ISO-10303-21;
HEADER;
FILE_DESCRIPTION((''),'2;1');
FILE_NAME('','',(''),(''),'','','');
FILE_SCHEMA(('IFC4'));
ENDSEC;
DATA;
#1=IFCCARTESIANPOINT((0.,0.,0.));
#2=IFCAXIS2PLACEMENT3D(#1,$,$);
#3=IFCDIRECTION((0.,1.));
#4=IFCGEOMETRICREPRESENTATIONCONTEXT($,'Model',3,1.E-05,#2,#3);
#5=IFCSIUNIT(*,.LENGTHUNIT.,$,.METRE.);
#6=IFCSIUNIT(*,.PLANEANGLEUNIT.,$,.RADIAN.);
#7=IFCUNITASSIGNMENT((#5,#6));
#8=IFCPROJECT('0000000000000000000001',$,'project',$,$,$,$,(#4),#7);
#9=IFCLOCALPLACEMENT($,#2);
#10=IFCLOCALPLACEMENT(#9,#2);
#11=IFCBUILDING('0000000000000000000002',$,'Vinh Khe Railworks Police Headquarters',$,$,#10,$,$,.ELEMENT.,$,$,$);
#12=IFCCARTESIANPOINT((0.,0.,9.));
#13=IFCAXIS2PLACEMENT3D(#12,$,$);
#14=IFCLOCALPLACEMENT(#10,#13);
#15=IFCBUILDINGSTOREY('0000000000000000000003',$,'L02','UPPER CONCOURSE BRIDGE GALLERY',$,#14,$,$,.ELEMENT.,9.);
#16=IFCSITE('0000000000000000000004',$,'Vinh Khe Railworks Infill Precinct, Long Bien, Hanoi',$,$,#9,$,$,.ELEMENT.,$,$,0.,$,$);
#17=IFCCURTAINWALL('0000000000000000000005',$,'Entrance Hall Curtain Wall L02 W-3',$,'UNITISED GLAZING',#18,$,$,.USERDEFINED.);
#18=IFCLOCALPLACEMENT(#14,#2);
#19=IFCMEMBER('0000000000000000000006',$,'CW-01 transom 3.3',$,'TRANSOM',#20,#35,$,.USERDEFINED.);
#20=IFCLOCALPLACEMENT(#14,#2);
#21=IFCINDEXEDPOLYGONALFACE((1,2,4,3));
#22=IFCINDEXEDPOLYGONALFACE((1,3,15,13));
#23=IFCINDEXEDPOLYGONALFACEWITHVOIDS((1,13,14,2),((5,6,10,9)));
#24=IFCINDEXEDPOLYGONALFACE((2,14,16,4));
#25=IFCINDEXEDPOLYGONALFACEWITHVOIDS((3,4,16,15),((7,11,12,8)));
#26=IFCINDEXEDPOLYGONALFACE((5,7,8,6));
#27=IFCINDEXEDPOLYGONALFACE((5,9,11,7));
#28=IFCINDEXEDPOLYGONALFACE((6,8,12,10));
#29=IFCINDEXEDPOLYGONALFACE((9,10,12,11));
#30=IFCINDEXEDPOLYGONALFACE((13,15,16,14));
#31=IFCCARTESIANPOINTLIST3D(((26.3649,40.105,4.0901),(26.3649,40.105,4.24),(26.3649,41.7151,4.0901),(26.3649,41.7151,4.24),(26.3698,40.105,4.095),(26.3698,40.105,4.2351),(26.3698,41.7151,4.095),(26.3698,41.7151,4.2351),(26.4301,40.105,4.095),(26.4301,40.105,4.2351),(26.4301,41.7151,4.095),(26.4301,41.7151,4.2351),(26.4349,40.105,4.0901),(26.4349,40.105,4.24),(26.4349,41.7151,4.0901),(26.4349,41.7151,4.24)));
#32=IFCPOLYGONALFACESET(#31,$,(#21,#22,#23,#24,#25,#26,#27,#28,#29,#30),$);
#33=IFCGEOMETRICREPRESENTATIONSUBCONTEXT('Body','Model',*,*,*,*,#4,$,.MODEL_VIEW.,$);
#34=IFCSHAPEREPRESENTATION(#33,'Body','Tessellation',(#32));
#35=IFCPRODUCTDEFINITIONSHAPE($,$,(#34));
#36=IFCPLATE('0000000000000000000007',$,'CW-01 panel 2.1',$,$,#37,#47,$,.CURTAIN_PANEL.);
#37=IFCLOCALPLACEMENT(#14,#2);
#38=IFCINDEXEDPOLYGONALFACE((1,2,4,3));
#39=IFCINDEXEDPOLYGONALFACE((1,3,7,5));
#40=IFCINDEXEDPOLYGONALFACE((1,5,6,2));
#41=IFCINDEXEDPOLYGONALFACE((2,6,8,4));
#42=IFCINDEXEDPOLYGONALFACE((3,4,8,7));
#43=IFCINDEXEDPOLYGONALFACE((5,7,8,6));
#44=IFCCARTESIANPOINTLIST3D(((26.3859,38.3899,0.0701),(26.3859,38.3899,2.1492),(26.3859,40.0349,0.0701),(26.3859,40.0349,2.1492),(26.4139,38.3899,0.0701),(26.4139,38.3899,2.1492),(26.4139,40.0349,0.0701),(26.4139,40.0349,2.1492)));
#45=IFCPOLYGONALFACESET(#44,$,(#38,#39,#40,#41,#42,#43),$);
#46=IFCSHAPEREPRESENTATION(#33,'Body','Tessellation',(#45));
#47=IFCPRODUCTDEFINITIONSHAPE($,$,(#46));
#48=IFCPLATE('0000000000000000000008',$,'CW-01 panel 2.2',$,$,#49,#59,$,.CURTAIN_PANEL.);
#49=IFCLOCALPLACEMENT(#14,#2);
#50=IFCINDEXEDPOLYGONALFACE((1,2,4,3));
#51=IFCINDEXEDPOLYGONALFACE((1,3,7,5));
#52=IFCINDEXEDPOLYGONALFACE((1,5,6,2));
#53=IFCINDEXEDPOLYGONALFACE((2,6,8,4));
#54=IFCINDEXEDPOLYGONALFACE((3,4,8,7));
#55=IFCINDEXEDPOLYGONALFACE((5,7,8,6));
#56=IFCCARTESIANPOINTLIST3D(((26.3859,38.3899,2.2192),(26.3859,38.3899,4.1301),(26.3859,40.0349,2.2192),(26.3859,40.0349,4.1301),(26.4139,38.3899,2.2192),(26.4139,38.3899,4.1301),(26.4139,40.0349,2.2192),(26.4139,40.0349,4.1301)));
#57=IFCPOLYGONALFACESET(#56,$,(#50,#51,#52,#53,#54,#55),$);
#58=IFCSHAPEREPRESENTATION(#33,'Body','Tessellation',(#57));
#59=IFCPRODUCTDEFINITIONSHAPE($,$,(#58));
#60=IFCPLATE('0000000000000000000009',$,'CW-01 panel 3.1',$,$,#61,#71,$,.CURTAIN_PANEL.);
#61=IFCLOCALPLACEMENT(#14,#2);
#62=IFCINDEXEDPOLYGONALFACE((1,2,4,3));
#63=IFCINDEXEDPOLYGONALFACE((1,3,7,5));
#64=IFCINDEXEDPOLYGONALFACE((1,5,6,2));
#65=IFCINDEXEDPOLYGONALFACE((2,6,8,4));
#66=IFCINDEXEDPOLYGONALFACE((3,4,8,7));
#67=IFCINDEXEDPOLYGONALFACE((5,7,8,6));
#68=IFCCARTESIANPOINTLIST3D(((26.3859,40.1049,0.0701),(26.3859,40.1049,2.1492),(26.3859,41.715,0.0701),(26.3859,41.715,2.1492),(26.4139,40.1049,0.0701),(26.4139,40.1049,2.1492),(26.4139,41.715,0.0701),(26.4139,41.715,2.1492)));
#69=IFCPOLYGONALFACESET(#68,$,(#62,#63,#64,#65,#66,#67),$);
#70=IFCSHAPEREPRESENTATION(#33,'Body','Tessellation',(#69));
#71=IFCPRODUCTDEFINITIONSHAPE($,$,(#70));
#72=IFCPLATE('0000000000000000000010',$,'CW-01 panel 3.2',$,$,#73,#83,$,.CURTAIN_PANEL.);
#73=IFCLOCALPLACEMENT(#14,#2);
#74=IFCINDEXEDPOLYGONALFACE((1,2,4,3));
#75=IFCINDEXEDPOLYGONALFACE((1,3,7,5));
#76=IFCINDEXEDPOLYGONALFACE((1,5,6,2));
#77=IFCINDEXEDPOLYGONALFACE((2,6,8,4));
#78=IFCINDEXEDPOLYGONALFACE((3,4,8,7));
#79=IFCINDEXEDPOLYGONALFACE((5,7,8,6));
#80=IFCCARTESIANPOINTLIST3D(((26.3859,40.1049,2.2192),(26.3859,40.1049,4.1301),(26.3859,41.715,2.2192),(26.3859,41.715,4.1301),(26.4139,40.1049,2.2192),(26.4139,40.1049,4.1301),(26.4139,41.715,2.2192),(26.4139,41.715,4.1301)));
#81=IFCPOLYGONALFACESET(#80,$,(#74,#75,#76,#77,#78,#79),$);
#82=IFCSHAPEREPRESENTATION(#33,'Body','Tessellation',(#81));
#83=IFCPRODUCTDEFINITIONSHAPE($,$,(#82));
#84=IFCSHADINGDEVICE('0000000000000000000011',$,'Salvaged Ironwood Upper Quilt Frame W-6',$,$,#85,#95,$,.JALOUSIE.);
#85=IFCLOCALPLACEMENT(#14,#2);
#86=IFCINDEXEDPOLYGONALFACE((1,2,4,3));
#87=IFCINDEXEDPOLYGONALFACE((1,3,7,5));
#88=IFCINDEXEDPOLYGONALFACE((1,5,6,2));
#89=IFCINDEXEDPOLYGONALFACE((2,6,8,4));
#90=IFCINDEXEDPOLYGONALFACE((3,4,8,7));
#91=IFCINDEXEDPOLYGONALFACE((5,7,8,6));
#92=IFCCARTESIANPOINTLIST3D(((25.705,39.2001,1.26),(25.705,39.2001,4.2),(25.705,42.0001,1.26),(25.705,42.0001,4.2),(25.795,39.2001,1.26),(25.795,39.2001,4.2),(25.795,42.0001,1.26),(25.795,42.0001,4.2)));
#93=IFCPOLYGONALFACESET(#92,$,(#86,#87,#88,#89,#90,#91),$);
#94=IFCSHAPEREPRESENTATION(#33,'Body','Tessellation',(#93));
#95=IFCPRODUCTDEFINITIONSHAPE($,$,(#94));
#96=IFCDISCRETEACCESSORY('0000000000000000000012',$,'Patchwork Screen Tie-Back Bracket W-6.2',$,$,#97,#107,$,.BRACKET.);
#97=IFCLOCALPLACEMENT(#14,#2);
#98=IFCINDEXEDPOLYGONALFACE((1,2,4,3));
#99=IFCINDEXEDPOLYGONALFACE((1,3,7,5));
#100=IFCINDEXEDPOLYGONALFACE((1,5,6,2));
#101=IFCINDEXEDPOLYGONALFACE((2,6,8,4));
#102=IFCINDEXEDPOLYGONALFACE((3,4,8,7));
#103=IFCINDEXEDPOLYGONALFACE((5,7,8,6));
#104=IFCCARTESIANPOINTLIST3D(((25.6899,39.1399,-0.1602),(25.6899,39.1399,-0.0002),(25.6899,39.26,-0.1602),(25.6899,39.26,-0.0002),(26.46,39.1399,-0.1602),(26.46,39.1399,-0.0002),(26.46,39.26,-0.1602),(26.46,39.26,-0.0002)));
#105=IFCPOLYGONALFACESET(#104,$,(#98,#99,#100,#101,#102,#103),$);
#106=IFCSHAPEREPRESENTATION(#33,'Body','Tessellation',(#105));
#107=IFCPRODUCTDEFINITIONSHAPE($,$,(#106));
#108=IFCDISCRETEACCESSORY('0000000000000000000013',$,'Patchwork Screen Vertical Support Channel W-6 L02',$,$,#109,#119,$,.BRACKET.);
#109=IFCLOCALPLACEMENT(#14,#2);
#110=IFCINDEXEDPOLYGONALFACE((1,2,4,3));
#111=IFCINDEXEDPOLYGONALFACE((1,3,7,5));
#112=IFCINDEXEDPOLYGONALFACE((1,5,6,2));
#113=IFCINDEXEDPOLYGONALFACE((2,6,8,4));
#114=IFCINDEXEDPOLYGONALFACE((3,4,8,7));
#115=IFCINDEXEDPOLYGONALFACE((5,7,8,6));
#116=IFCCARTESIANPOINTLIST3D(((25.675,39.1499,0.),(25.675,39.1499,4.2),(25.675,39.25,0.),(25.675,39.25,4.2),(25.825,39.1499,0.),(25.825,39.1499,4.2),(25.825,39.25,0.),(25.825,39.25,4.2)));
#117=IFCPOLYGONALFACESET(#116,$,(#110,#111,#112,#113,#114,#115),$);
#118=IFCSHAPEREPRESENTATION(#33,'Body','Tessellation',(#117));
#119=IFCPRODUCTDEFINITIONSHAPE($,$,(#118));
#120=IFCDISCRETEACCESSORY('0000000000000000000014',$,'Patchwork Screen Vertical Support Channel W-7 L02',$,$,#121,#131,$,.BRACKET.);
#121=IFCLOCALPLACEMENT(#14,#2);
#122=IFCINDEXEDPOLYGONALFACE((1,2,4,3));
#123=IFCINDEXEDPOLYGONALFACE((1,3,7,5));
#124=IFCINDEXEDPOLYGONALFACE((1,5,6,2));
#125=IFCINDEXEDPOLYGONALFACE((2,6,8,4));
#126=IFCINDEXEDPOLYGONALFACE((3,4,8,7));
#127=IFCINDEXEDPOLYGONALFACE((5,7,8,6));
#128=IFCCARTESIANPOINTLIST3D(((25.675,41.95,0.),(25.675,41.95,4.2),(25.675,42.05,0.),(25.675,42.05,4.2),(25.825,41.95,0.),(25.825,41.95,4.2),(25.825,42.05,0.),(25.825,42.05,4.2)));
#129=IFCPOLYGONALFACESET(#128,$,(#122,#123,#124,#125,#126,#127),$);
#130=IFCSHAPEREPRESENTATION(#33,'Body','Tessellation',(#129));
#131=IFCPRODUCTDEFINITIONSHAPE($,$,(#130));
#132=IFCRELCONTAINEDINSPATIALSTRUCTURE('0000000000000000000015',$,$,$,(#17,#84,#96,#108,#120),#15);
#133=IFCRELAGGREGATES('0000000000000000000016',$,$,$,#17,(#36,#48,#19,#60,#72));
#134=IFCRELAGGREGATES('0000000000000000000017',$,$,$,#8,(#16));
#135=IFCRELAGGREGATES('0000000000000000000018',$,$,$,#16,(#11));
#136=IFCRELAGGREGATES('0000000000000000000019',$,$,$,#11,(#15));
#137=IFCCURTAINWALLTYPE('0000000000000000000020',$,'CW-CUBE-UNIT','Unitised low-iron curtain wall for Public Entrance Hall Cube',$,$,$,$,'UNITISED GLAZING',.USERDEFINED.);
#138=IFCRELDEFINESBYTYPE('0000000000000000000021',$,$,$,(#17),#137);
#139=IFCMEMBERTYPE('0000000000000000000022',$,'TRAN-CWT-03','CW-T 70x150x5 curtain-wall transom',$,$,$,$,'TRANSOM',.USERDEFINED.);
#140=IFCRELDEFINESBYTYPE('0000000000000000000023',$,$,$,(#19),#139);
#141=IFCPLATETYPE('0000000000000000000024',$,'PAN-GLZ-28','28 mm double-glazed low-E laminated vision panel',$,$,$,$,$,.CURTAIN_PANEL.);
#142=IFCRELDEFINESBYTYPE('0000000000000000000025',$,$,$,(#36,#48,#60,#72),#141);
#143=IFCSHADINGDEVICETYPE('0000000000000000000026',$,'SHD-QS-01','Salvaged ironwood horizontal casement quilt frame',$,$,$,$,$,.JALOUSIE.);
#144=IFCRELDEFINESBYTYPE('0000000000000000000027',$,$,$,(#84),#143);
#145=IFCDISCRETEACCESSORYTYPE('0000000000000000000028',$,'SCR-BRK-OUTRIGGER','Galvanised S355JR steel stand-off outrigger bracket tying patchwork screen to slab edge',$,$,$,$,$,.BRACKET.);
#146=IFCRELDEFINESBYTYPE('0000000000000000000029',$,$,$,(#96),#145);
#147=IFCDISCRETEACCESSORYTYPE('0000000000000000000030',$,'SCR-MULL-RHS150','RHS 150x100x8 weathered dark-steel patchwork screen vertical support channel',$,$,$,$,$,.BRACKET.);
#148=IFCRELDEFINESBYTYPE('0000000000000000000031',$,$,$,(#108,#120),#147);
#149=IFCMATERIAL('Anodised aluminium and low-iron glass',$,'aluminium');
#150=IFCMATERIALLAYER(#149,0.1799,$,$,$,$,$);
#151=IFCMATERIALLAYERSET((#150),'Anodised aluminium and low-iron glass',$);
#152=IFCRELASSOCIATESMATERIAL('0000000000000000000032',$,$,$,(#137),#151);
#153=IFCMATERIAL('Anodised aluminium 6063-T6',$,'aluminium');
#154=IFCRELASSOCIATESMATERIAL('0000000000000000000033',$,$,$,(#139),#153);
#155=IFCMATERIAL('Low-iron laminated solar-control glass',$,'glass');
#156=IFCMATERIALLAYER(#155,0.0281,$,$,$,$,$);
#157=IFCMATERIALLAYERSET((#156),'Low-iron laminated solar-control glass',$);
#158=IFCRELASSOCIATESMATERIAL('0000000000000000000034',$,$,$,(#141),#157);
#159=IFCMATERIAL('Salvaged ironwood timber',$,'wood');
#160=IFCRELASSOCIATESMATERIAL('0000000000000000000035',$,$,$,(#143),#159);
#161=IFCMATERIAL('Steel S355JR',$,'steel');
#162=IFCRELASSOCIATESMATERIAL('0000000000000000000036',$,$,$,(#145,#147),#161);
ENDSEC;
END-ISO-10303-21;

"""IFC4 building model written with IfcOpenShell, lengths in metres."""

from ifc_helpers import new_model, si_unit, direction, frame, origin, origin_2d, place, context, subcontext, project, spatial, rectangle, hollow_rectangle, extrude, material, layer, layer_set, material_profile, profile_set, type_object, element, aggregate, save


model = new_model("IFC4")

# Units and contexts
model_context = context("Model", 3, precision=1e-05, world=origin(), true_north=direction((0.0, 1.0)))
body_context = subcontext(model_context, "Body", "Model", "MODEL_VIEW")
ifc_project = project(units=[si_unit("LENGTHUNIT", "METRE"), si_unit("PLANEANGLEUNIT", "RADIAN")], contexts=[model_context])

# Site, building, storey
site_placement = place(None, origin())
site = spatial("IfcSite", under=ifc_project, at=site_placement, Name="Vinh Khe Railworks Infill Precinct, Long Bien, Hanoi", CompositionType="ELEMENT", RefElevation=0.0)
building_placement = place(site_placement, origin())
building = spatial("IfcBuilding", under=site, at=building_placement, Name="Vinh Khe Railworks Police Headquarters", CompositionType="ELEMENT")
storey_placement = place(building_placement, frame((0.0, 0.0, 9.0)))
storey = spatial("IfcBuildingStorey", under=building, at=storey_placement, Name="L02", Description="UPPER CONCOURSE BRIDGE GALLERY", CompositionType="ELEMENT", Elevation=9.0)

# Shared definitions
ifc_material_1 = material(Name="Steel S355JR", Category="steel")

# Shared definitions
ifc_material_2 = material(Name="Salvaged ironwood timber", Category="wood")

# Curtain wall, member, plates
ifc_material_3 = material(Name="Anodised aluminium and low-iron glass", Category="aluminium")
ifc_layer_1 = layer(ifc_material_3, 0.1799)
ifc_layer_set_1 = layer_set([ifc_layer_1], Name="Anodised aluminium and low-iron glass")
curtain_wall_type = type_object("IfcCurtainWallType", Name="CW-CUBE-UNIT", Description="Unitised low-iron curtain wall for Public Entrance Hall Cube", ElementType="UNITISED GLAZING", PredefinedType="USERDEFINED", material=ifc_layer_set_1)
curtain_wall_placement = place(storey_placement, origin())
curtain_wall = element("IfcCurtainWall", 1, at=curtain_wall_placement, inside=storey, type_object=curtain_wall_type, Name="Entrance Hall Curtain Wall L02 W-3", ObjectType="UNITISED GLAZING", PredefinedType="USERDEFINED")
ifc_material_4 = material(Name="Anodised aluminium 6063-T6", Category="aluminium")
ifc_material_profile_1 = material_profile(ifc_material_4, hollow_rectangle(XDim=0.0701, YDim=0.1499, WallThickness=0.0049, at=origin_2d()), Name="CW-T 70x150x5")
ifc_profile_set_1 = profile_set([ifc_material_profile_1], Name="Anodised aluminium 6063-T6")
member_type_1 = type_object("IfcMemberType", Name="TRAN-CWT-03", Description="CW-T 70x150x5 curtain-wall transom", ElementType="TRANSOM", PredefinedType="USERDEFINED", material=ifc_profile_set_1)
member_1_placement = place(storey_placement, frame((26.3999, 40.105, 4.165), z_axis=(0.0, 1.0, 0.0), x_axis=(-1.0, 0.0, 0.0)))
member_1 = element("IfcMember", 2, at=member_1_placement, type_object=member_type_1, Name="CW-01 transom 3.3", ObjectType="TRANSOM", PredefinedType="USERDEFINED", context=body_context, shape_type="SweptSolid", body=[
    extrude(hollow_rectangle(XDim=0.0701, YDim=0.1499, WallThickness=0.0049, at=origin_2d()), origin(), (0.0, 0.0, 1.0), 1.6101),
])
ifc_material_5 = material(Name="Low-iron laminated solar-control glass", Category="glass")
ifc_layer_2 = layer(ifc_material_5, 0.0281)
ifc_layer_set_2 = layer_set([ifc_layer_2], Name="Low-iron laminated solar-control glass")
plate_type = type_object("IfcPlateType", Name="PAN-GLZ-28", Description="28 mm double-glazed low-E laminated vision panel", PredefinedType="CURTAIN_PANEL", material=ifc_layer_set_2)
plate_1_placement = place(storey_placement, frame((26.3999, 39.2124, 0.0701), z_axis=(0.0, 0.0, 1.0), x_axis=(0.0, 1.0, 0.0)))
plate_1 = element("IfcPlate", 3, at=plate_1_placement, type_object=plate_type, Name="CW-01 panel 2.1", PredefinedType="CURTAIN_PANEL", context=body_context, shape_type="SweptSolid", body=[
    extrude(rectangle(XDim=1.645, YDim=0.0281, at=origin_2d()), origin(), (0.0, 0.0, 1.0), 2.0791),
])
plate_2_placement = place(storey_placement, frame((26.3999, 39.2124, 2.2192), z_axis=(0.0, 0.0, 1.0), x_axis=(0.0, 1.0, 0.0)))
plate_2 = element("IfcPlate", 4, at=plate_2_placement, type_object=plate_type, Name="CW-01 panel 2.2", PredefinedType="CURTAIN_PANEL", context=body_context, shape_type="SweptSolid", body=[
    extrude(rectangle(XDim=1.645, YDim=0.0281, at=origin_2d()), origin(), (0.0, 0.0, 1.0), 1.9109),
])
plate_3_placement = place(storey_placement, frame((26.3999, 40.9099, 0.0701), z_axis=(0.0, 0.0, 1.0), x_axis=(0.0, 1.0, 0.0)))
plate_3 = element("IfcPlate", 5, at=plate_3_placement, type_object=plate_type, Name="CW-01 panel 3.1", PredefinedType="CURTAIN_PANEL", context=body_context, shape_type="SweptSolid", body=[
    extrude(rectangle(XDim=1.6101, YDim=0.0281, at=origin_2d()), origin(), (0.0, 0.0, 1.0), 2.0791),
])
plate_4_placement = place(storey_placement, frame((26.3999, 40.9099, 2.2192), z_axis=(0.0, 0.0, 1.0), x_axis=(0.0, 1.0, 0.0)))
plate_4 = element("IfcPlate", 6, at=plate_4_placement, type_object=plate_type, Name="CW-01 panel 3.2", PredefinedType="CURTAIN_PANEL", context=body_context, shape_type="SweptSolid", body=[
    extrude(rectangle(XDim=1.6101, YDim=0.0281, at=origin_2d()), origin(), (0.0, 0.0, 1.0), 1.9109),
])
aggregate(curtain_wall, [plate_1, plate_2, member_1, plate_3, plate_4])

# Shading device
shading_device_type = type_object("IfcShadingDeviceType", Name="SHD-QS-01", Description="Salvaged ironwood horizontal casement quilt frame", PredefinedType="JALOUSIE", material=ifc_material_2)
shading_device_placement = place(storey_placement, frame((25.75, 40.6001, 1.26), z_axis=(0.0, 0.0, 1.0), x_axis=(0.0, 1.0, 0.0)))
element("IfcShadingDevice", 7, at=shading_device_placement, inside=storey, type_object=shading_device_type, Name="Salvaged Ironwood Upper Quilt Frame W-6", PredefinedType="JALOUSIE", context=body_context, shape_type="SweptSolid", body=[
    extrude(rectangle(XDim=2.8, YDim=0.0901, at=origin_2d()), origin(), (0.0, 0.0, 1.0), 2.9399),
])

# Discrete accessories
discrete_accessory_type_1 = type_object("IfcDiscreteAccessoryType", Name="SCR-BRK-OUTRIGGER", Description="Galvanised S355JR steel stand-off outrigger bracket tying patchwork screen to slab edge", PredefinedType="BRACKET", material=ifc_material_1)
discrete_accessory_placement = place(storey_placement, frame((26.075, 39.2, -0.1602), z_axis=(0.0, 0.0, 1.0), x_axis=(1.0, 0.0, 0.0)))
element("IfcDiscreteAccessory", 8, at=discrete_accessory_placement, inside=storey, type_object=discrete_accessory_type_1, Name="Patchwork Screen Tie-Back Bracket W-6.2", PredefinedType="BRACKET", context=body_context, shape_type="SweptSolid", body=[
    extrude(rectangle(XDim=0.77, YDim=0.1201, at=origin_2d()), origin(), (0.0, 0.0, 1.0), 0.1599),
])
discrete_accessory_type_2 = type_object("IfcDiscreteAccessoryType", Name="SCR-MULL-RHS150", Description="RHS 150x100x8 weathered dark-steel patchwork screen vertical support channel", PredefinedType="BRACKET", material=ifc_material_1)
for number, where, z_axis, x_axis, name in (
    (9, (25.75, 39.2, 0.0), (0.0, 0.0, 1.0), (1.0, 0.0, 0.0), "Patchwork Screen Vertical Support Channel W-6 L02"),
    (10, (25.75, 42.0, 0.0), (0.0, 0.0, 1.0), (1.0, 0.0, 0.0), "Patchwork Screen Vertical Support Channel W-7 L02"),
):
    element("IfcDiscreteAccessory", number, at=place(storey_placement, frame(where, z_axis=z_axis, x_axis=x_axis)), inside=storey, type_object=discrete_accessory_type_2, Name=name, PredefinedType="BRACKET", context=body_context, shape_type="SweptSolid", body=[
        extrude(rectangle(XDim=0.1499, YDim=0.1001, at=origin_2d()), origin(), (0.0, 0.0, 1.0), 4.2),
    ])

save(model, "model.ifc")
